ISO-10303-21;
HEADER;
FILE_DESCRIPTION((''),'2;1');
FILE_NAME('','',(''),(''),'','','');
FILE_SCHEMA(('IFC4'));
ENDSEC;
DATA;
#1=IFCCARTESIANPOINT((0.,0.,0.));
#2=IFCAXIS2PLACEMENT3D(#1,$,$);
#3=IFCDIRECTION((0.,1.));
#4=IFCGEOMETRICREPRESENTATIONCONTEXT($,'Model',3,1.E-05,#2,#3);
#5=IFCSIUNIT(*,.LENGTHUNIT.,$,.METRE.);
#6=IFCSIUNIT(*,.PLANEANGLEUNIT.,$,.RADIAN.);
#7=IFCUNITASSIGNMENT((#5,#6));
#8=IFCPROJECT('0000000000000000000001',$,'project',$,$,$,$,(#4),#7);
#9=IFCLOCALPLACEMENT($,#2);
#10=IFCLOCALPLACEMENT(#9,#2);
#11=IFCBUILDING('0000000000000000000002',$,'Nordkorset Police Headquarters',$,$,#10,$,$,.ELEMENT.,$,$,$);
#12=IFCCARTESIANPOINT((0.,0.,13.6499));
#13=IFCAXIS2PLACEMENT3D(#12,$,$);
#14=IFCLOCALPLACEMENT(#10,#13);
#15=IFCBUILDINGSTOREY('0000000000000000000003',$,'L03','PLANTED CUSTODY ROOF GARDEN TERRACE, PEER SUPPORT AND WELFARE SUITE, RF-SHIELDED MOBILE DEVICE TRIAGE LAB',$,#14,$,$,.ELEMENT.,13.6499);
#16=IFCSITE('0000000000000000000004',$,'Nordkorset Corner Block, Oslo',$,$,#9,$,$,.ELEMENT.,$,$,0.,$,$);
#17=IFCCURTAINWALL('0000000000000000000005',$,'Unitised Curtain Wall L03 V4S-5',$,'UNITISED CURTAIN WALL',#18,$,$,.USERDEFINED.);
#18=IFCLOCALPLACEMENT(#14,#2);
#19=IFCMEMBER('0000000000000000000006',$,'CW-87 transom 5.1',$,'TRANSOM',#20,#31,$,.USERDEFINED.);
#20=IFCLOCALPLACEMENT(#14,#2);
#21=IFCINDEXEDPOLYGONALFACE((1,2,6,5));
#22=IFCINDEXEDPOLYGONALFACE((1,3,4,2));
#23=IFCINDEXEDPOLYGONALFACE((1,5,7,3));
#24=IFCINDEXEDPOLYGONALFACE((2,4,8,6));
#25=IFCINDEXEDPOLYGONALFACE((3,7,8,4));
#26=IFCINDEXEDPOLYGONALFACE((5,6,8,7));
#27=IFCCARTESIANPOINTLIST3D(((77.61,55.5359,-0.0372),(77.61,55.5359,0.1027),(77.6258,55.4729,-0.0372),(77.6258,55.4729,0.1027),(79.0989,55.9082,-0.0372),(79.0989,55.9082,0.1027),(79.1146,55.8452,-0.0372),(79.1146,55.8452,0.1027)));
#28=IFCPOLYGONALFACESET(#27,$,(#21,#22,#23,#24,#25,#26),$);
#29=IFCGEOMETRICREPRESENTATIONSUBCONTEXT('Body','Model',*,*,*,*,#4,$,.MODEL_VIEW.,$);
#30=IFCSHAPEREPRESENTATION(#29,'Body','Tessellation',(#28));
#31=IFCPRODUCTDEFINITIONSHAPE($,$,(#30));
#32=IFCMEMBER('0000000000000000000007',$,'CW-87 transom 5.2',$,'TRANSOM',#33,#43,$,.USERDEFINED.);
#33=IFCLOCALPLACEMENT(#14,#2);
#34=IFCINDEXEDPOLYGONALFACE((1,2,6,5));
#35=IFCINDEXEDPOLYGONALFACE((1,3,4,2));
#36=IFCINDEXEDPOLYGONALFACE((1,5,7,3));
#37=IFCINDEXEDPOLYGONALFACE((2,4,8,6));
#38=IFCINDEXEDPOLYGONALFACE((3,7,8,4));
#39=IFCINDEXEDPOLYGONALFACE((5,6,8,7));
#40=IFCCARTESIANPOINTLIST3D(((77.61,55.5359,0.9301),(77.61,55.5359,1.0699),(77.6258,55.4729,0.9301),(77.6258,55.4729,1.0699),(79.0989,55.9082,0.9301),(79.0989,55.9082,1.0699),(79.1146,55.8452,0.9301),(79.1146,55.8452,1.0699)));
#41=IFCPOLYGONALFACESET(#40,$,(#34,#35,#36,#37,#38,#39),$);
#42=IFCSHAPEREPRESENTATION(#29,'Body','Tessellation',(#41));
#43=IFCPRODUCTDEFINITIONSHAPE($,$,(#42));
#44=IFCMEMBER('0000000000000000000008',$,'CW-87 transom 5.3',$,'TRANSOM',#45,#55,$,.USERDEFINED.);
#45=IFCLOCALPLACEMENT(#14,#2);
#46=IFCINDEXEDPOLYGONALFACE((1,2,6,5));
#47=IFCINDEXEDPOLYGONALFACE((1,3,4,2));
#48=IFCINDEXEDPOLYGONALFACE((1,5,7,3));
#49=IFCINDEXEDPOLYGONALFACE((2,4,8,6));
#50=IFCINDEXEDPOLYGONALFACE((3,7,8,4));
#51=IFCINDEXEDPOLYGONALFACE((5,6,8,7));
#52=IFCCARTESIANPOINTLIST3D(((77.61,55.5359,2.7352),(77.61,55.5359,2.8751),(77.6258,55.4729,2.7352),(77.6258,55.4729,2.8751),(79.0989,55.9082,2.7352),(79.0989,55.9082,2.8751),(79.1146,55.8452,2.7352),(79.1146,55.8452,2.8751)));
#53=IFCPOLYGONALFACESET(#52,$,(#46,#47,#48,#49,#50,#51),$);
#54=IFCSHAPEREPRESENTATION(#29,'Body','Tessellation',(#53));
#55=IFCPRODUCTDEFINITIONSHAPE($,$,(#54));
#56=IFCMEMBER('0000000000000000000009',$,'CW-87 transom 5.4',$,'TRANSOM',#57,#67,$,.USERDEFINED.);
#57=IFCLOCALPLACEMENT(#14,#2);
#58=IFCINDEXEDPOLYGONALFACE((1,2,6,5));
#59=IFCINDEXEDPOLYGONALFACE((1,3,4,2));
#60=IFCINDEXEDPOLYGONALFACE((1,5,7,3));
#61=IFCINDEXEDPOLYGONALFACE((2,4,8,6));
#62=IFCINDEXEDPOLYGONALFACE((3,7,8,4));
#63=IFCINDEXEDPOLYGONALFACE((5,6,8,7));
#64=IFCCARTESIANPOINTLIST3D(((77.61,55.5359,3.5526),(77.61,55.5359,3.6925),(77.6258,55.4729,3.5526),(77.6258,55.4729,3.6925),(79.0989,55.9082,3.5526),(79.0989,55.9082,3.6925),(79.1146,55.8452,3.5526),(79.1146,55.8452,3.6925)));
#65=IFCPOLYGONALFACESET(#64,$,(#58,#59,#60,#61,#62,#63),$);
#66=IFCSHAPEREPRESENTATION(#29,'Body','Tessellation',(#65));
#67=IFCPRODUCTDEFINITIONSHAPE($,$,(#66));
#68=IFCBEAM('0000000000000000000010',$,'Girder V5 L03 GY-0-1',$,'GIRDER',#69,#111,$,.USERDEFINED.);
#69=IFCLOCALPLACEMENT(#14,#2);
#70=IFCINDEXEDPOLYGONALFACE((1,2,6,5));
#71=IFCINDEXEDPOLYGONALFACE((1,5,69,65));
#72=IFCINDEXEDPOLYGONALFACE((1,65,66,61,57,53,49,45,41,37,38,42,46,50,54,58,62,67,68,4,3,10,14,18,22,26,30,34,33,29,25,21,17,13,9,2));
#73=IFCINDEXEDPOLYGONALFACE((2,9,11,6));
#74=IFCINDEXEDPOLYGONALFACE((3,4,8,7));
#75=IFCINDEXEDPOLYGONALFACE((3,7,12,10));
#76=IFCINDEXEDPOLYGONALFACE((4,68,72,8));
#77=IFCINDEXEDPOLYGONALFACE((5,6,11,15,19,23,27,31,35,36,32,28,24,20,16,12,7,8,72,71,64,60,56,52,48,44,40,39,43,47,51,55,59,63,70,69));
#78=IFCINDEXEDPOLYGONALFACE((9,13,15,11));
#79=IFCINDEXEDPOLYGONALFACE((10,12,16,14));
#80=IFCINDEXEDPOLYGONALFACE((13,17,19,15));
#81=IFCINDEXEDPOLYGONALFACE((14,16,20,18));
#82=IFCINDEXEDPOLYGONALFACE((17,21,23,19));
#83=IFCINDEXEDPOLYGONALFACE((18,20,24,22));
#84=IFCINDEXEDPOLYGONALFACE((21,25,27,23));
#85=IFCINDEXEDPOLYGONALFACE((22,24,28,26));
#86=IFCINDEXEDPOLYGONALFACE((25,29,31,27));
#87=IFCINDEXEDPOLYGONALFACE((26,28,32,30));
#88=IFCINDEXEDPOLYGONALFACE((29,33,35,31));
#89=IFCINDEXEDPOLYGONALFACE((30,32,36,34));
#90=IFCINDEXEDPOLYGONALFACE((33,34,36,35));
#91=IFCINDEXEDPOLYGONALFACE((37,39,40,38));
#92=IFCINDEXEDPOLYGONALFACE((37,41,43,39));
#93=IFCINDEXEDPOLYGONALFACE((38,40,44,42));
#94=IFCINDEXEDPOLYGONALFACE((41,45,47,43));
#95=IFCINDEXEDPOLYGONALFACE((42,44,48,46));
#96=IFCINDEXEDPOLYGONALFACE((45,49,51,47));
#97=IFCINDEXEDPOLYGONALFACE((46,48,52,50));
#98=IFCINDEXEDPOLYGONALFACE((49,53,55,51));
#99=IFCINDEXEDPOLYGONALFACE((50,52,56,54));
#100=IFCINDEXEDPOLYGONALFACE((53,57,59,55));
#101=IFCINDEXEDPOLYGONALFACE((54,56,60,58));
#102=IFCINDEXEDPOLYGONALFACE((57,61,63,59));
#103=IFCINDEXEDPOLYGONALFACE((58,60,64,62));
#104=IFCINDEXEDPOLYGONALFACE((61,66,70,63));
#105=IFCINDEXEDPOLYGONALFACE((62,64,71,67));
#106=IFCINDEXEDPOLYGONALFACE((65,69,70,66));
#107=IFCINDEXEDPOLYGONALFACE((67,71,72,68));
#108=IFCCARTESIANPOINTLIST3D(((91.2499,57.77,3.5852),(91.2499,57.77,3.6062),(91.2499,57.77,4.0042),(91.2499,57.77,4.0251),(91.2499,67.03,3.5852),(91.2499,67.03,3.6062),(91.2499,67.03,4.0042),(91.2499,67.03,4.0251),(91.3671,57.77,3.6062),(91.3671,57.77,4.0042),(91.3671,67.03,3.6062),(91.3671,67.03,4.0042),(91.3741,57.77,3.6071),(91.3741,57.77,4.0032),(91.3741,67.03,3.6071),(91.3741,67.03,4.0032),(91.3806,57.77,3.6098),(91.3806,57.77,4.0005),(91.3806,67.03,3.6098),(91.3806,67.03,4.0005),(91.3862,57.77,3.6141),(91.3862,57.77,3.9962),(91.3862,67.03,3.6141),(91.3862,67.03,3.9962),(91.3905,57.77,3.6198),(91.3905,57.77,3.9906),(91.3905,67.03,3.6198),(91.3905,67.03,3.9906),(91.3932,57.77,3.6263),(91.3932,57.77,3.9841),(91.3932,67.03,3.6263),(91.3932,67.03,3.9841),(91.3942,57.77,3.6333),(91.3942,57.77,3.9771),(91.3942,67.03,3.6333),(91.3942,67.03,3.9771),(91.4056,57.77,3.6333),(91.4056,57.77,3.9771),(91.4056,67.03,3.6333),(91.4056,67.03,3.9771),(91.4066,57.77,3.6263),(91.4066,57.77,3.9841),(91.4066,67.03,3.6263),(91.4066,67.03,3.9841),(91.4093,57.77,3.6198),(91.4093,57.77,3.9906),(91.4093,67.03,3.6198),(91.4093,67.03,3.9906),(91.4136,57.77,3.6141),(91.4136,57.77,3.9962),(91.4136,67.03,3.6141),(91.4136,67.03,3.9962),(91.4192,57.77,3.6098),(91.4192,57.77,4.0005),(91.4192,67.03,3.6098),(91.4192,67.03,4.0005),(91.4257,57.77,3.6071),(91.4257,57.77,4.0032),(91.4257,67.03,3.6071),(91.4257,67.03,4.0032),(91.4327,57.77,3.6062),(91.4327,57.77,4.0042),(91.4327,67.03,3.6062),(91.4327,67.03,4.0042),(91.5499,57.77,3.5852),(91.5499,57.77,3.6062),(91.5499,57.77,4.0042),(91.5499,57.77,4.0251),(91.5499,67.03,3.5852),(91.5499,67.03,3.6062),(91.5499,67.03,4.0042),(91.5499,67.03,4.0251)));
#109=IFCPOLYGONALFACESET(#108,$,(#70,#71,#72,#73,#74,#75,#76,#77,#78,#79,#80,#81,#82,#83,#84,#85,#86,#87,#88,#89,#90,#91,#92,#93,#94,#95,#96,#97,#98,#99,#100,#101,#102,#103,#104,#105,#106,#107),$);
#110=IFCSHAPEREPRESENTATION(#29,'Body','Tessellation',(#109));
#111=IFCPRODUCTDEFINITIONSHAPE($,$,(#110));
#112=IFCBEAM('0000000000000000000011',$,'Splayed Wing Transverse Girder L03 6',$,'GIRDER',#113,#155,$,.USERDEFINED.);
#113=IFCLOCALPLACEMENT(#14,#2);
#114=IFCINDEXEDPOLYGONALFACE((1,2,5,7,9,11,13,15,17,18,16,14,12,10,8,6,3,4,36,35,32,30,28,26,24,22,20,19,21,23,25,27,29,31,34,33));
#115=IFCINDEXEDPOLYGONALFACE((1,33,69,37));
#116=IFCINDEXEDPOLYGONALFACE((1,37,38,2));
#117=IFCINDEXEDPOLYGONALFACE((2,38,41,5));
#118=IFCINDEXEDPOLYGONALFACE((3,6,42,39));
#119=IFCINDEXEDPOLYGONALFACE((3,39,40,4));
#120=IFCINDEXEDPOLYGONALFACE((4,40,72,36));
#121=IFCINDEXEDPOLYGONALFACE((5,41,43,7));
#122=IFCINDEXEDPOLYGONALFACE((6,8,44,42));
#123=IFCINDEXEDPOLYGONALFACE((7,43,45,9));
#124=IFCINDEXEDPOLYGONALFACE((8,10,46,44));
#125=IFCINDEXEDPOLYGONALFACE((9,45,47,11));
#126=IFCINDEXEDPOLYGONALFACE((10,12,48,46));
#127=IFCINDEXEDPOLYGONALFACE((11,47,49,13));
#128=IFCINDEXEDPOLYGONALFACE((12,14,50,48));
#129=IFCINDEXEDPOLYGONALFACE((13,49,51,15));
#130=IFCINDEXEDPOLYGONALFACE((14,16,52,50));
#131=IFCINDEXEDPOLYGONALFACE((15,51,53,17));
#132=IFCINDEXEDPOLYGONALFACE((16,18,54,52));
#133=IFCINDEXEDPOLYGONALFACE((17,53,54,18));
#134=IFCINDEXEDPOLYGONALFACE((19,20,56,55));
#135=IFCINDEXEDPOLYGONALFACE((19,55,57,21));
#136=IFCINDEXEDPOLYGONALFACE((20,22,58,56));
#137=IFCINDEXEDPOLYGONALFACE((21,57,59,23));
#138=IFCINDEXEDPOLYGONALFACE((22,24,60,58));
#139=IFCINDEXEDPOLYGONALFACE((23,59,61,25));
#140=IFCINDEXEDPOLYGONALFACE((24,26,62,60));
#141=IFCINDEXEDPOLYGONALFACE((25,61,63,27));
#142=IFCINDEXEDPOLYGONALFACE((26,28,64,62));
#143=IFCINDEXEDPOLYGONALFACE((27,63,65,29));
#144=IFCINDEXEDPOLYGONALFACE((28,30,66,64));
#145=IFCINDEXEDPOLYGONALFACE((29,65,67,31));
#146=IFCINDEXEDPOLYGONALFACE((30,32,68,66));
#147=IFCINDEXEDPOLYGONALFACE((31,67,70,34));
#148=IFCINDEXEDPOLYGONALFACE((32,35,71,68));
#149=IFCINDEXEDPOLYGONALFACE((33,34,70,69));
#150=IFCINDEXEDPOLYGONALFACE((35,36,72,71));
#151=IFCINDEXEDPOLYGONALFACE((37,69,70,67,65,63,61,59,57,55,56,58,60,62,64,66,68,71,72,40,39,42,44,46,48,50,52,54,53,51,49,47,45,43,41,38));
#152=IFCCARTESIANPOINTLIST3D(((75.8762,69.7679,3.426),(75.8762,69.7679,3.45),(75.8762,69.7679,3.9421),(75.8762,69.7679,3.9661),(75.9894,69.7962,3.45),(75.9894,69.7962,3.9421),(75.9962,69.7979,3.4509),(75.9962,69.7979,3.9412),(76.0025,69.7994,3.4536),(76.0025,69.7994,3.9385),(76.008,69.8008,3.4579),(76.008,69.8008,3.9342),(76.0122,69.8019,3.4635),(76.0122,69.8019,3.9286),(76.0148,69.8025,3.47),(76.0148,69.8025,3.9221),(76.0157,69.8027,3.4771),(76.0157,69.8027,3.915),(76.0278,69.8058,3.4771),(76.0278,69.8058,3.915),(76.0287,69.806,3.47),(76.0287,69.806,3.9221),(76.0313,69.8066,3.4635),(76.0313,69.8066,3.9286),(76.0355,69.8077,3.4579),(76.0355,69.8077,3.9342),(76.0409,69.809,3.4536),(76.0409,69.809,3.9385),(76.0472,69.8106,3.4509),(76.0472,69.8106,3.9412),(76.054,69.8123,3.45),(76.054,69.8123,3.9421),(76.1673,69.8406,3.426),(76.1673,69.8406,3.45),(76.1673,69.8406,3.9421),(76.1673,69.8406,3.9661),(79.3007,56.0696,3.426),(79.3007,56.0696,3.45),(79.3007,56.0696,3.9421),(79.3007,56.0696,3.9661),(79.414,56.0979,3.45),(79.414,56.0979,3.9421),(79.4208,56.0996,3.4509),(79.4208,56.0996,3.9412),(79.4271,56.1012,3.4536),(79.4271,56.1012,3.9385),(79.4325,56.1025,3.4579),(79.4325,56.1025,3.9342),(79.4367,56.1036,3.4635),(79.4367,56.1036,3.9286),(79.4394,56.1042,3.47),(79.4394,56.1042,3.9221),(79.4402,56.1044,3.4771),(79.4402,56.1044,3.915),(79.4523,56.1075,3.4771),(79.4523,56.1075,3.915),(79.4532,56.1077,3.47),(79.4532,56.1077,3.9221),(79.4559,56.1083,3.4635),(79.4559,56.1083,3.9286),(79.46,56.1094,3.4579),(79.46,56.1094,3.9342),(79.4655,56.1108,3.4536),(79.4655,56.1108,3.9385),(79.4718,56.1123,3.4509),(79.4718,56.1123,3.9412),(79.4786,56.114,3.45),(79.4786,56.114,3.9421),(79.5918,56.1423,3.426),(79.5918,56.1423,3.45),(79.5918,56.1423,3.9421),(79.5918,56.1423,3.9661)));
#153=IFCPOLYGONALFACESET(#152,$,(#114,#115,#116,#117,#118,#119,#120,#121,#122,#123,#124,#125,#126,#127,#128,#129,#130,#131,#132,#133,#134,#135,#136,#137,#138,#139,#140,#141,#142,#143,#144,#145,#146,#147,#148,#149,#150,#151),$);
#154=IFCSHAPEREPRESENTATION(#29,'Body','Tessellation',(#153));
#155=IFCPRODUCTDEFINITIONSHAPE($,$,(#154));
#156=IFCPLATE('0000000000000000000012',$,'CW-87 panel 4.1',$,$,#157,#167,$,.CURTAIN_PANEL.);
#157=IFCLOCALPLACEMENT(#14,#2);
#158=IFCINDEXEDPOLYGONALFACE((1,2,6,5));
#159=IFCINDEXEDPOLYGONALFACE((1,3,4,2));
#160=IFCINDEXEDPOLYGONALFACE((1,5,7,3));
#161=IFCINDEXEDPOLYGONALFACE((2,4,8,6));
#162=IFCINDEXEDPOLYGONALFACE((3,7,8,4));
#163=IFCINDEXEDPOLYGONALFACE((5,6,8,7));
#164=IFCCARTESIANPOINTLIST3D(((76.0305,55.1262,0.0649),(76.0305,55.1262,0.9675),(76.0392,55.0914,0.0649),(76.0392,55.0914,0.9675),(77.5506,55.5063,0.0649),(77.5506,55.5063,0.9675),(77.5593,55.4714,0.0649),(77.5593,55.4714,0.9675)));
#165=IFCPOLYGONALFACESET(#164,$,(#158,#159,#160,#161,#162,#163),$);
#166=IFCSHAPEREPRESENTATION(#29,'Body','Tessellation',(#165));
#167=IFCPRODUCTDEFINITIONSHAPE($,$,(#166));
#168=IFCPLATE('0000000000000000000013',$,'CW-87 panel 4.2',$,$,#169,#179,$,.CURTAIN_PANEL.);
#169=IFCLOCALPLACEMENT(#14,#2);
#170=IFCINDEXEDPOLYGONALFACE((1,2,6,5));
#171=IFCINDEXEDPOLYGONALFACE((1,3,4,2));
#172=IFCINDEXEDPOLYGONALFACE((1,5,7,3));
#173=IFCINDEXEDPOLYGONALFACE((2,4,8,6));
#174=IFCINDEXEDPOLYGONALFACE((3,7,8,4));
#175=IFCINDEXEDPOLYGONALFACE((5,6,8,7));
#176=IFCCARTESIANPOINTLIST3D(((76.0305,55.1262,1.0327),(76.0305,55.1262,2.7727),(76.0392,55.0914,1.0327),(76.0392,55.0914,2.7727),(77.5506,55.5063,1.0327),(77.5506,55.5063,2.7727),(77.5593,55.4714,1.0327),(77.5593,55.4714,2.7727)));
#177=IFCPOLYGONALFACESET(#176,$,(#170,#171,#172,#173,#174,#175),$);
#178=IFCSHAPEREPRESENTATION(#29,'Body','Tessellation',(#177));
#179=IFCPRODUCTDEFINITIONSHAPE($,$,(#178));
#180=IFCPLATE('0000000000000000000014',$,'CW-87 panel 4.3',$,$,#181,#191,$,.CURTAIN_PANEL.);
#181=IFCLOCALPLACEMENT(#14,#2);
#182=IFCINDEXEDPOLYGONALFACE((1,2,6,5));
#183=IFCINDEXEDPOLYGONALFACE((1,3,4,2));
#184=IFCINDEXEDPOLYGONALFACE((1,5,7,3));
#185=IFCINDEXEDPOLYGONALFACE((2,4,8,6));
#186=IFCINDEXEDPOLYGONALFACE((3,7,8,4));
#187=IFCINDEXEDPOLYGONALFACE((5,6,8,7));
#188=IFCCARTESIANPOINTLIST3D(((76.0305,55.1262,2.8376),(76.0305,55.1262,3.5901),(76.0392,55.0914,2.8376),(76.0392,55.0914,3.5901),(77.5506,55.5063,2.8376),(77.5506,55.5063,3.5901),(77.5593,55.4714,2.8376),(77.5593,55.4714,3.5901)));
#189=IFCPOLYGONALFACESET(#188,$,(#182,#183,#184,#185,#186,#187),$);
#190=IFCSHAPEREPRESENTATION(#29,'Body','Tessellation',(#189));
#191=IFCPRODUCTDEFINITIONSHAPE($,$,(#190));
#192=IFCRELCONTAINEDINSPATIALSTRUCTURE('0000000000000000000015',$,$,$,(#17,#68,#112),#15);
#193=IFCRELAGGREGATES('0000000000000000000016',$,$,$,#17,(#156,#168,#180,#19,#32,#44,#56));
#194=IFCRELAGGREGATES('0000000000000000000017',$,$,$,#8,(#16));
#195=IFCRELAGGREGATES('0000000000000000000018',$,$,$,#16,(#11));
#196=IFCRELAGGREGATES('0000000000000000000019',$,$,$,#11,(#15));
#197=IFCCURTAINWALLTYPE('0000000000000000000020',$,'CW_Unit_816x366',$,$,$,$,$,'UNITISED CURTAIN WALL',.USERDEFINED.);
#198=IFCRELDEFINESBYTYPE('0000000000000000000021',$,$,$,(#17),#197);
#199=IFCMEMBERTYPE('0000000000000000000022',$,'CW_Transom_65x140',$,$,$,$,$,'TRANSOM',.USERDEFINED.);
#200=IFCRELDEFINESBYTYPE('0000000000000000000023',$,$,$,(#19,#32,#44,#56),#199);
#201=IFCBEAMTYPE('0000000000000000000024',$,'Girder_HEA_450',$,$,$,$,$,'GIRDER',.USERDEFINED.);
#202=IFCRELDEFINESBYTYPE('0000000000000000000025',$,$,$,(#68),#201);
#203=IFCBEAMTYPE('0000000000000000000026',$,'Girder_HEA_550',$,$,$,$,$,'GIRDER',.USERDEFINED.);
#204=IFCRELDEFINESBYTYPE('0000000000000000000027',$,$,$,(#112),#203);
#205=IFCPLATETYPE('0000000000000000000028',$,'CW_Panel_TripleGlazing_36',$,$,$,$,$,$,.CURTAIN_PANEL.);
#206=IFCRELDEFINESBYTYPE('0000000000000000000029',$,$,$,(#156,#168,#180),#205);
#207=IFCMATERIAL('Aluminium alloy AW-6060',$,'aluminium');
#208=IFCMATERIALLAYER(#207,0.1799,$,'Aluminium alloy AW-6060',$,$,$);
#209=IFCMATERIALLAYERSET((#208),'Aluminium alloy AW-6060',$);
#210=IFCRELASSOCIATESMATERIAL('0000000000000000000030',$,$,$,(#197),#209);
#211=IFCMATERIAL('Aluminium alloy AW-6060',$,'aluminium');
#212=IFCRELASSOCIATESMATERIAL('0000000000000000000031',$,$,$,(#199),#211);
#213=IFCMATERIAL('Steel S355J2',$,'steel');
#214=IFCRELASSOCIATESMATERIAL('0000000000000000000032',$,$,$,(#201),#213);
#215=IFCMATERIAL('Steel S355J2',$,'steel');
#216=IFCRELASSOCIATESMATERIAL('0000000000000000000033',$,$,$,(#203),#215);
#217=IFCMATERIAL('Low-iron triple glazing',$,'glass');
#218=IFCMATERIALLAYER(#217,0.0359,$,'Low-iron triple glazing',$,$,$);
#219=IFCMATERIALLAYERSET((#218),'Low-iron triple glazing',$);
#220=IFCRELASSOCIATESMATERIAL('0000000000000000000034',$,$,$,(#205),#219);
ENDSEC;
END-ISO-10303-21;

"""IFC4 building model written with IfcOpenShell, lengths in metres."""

from ifc_helpers import new_model, si_unit, direction, frame, origin, origin_2d, place, context, subcontext, project, spatial, rectangle, i_section, extrude, material, layer, layer_set, material_profile, profile_set, type_object, element, aggregate, save


model = new_model("IFC4")

# Units and contexts
model_context = context("Model", 3, precision=1e-05, world=origin(), true_north=direction((0.0, 1.0)))
body_context = subcontext(model_context, "Body", "Model", "MODEL_VIEW")
ifc_project = project(units=[si_unit("LENGTHUNIT", "METRE"), si_unit("PLANEANGLEUNIT", "RADIAN")], contexts=[model_context])

# Site, building, storey
site_placement = place(None, origin())
site = spatial("IfcSite", under=ifc_project, at=site_placement, Name="Nordkorset Corner Block, Oslo", CompositionType="ELEMENT", RefElevation=0.0)
building_placement = place(site_placement, origin())
building = spatial("IfcBuilding", under=site, at=building_placement, Name="Nordkorset Police Headquarters", CompositionType="ELEMENT")
storey_placement = place(building_placement, frame((0.0, 0.0, 13.6499)))
storey = spatial("IfcBuildingStorey", under=building, at=storey_placement, Name="L03", Description="PLANTED CUSTODY ROOF GARDEN TERRACE, PEER SUPPORT AND WELFARE SUITE, RF-SHIELDED MOBILE DEVICE TRIAGE LAB", CompositionType="ELEMENT", Elevation=13.6499)

# Curtain wall, members
ifc_material_1 = material(Name="Aluminium alloy AW-6060", Category="aluminium")
ifc_layer_1 = layer(ifc_material_1, 0.1799, Name="Aluminium alloy AW-6060")
ifc_layer_set_1 = layer_set([ifc_layer_1], Name="Aluminium alloy AW-6060")
curtain_wall_type = type_object("IfcCurtainWallType", Name="CW_Unit_816x366", ElementType="UNITISED CURTAIN WALL", PredefinedType="USERDEFINED", material=ifc_layer_set_1)
curtain_wall_placement = place(storey_placement, origin())
curtain_wall = element("IfcCurtainWall", 1, at=curtain_wall_placement, inside=storey, type_object=curtain_wall_type, Name="Unitised Curtain Wall L03 V4S-5", ObjectType="UNITISED CURTAIN WALL", PredefinedType="USERDEFINED")
ifc_material_2 = material(Name="Aluminium alloy AW-6060", Category="aluminium")
ifc_material_profile_1 = material_profile(ifc_material_2, rectangle(XDim=0.0649, YDim=0.1399, at=origin_2d()), Name="ALU TRAN 65x140")
ifc_profile_set_1 = profile_set([ifc_material_profile_1], Name="Aluminium alloy AW-6060")
member_type_1 = type_object("IfcMemberType", Name="CW_Transom_65x140", ElementType="TRANSOM", PredefinedType="USERDEFINED", material=ifc_profile_set_1)
member_1_placement = place(storey_placement, frame((77.6179, 55.5044, 0.0327), z_axis=(0.970124, 0.24261, 0.0), x_axis=(-0.24261, 0.970124, 0.0)))
member_1 = element("IfcMember", 2, at=member_1_placement, type_object=member_type_1, Name="CW-87 transom 5.1", ObjectType="TRANSOM", PredefinedType="USERDEFINED", context=body_context, shape_type="SweptSolid", body=[
    extrude(rectangle(XDim=0.0649, YDim=0.1399, at=origin_2d()), origin(), (0.0, 0.0, 1.0), 1.5347),
])
member_2_placement = place(storey_placement, frame((77.6179, 55.5044, 1.0), z_axis=(0.970124, 0.24261, 0.0), x_axis=(-0.24261, 0.970124, 0.0)))
member_2 = element("IfcMember", 3, at=member_2_placement, type_object=member_type_1, Name="CW-87 transom 5.2", ObjectType="TRANSOM", PredefinedType="USERDEFINED", context=body_context, shape_type="SweptSolid", body=[
    extrude(rectangle(XDim=0.0649, YDim=0.1399, at=origin_2d()), origin(), (0.0, 0.0, 1.0), 1.5347),
])
member_3_placement = place(storey_placement, frame((77.6179, 55.5044, 2.8052), z_axis=(0.970124, 0.24261, 0.0), x_axis=(-0.24261, 0.970124, 0.0)))
member_3 = element("IfcMember", 4, at=member_3_placement, type_object=member_type_1, Name="CW-87 transom 5.3", ObjectType="TRANSOM", PredefinedType="USERDEFINED", context=body_context, shape_type="SweptSolid", body=[
    extrude(rectangle(XDim=0.0649, YDim=0.1399, at=origin_2d()), origin(), (0.0, 0.0, 1.0), 1.5347),
])
member_4_placement = place(storey_placement, frame((77.6179, 55.5044, 3.6226), z_axis=(0.970124, 0.24261, 0.0), x_axis=(-0.24261, 0.970124, 0.0)))
member_4 = element("IfcMember", 5, at=member_4_placement, type_object=member_type_1, Name="CW-87 transom 5.4", ObjectType="TRANSOM", PredefinedType="USERDEFINED", context=body_context, shape_type="SweptSolid", body=[
    extrude(rectangle(XDim=0.0649, YDim=0.1399, at=origin_2d()), origin(), (0.0, 0.0, 1.0), 1.5347),
])

# Beams
ifc_material_3 = material(Name="Steel S355J2", Category="steel")
ifc_material_profile_2 = material_profile(ifc_material_3, i_section(OverallWidth=0.3, OverallDepth=0.4399, WebThickness=0.0115, FlangeThickness=0.021, FilletRadius=0.0271, at=origin_2d()), Name="HEA 450")
ifc_profile_set_2 = profile_set([ifc_material_profile_2], Name="Steel S355J2")
beam_type_1 = type_object("IfcBeamType", Name="Girder_HEA_450", ElementType="GIRDER", PredefinedType="USERDEFINED", material=ifc_profile_set_2)
beam_1_placement = place(storey_placement, frame((91.3999, 57.77, 3.8052), z_axis=(0.0, 1.0, 0.0), x_axis=(-1.0, 0.0, 0.0)))
element("IfcBeam", 6, at=beam_1_placement, inside=storey, type_object=beam_type_1, Name="Girder V5 L03 GY-0-1", ObjectType="GIRDER", PredefinedType="USERDEFINED", context=body_context, shape_type="SweptSolid", body=[
    extrude(i_section(OverallWidth=0.3, OverallDepth=0.4399, WebThickness=0.0115, FlangeThickness=0.021, FilletRadius=0.0271, at=origin_2d()), origin(), (0.0, 0.0, 1.0), 9.26),
])
ifc_material_4 = material(Name="Steel S355J2", Category="steel")
ifc_material_profile_3 = material_profile(ifc_material_4, i_section(OverallWidth=0.3, OverallDepth=0.54, WebThickness=0.0125, FlangeThickness=0.0239, FilletRadius=0.0271, at=origin_2d()), Name="HEA 550")
ifc_profile_set_3 = profile_set([ifc_material_profile_3], Name="Steel S355J2")
beam_type_2 = type_object("IfcBeamType", Name="Girder_HEA_550", ElementType="GIRDER", PredefinedType="USERDEFINED", material=ifc_profile_set_3)
beam_2_placement = place(storey_placement, frame((79.4463, 56.106, 3.696), z_axis=(-0.242536, 0.970143, 0.0), x_axis=(-0.970143, -0.242536, 0.0)))
element("IfcBeam", 7, at=beam_2_placement, inside=storey, type_object=beam_type_2, Name="Splayed Wing Transverse Girder L03 6", ObjectType="GIRDER", PredefinedType="USERDEFINED", context=body_context, shape_type="SweptSolid", body=[
    extrude(i_section(OverallWidth=0.3, OverallDepth=0.54, WebThickness=0.0125, FlangeThickness=0.0239, FilletRadius=0.0271, at=origin_2d()), origin(), (0.0, 0.0, 1.0), 14.1199),
])

# Plates
ifc_material_5 = material(Name="Low-iron triple glazing", Category="glass")
ifc_layer_2 = layer(ifc_material_5, 0.0359, Name="Low-iron triple glazing")
ifc_layer_set_2 = layer_set([ifc_layer_2], Name="Low-iron triple glazing")
plate_type = type_object("IfcPlateType", Name="CW_Panel_TripleGlazing_36", PredefinedType="CURTAIN_PANEL", material=ifc_layer_set_2)
plate_1_placement = place(storey_placement, frame((76.7949, 55.2988, 0.0649), z_axis=(0.0, 0.0, 1.0), x_axis=(0.970143, 0.242536, 0.0)))
plate_1 = element("IfcPlate", 8, at=plate_1_placement, type_object=plate_type, Name="CW-87 panel 4.1", PredefinedType="CURTAIN_PANEL", context=body_context, shape_type="SweptSolid", body=[
    extrude(rectangle(XDim=1.5669, YDim=0.0359, at=origin_2d()), origin(), (0.0, 0.0, 1.0), 0.9026),
])
plate_2_placement = place(storey_placement, frame((76.7949, 55.2988, 1.0327), z_axis=(0.0, 0.0, 1.0), x_axis=(0.970143, 0.242536, 0.0)))
plate_2 = element("IfcPlate", 9, at=plate_2_placement, type_object=plate_type, Name="CW-87 panel 4.2", PredefinedType="CURTAIN_PANEL", context=body_context, shape_type="SweptSolid", body=[
    extrude(rectangle(XDim=1.5669, YDim=0.0359, at=origin_2d()), origin(), (0.0, 0.0, 1.0), 1.74),
])
plate_3_placement = place(storey_placement, frame((76.7949, 55.2988, 2.8376), z_axis=(0.0, 0.0, 1.0), x_axis=(0.970143, 0.242536, 0.0)))
plate_3 = element("IfcPlate", 10, at=plate_3_placement, type_object=plate_type, Name="CW-87 panel 4.3", PredefinedType="CURTAIN_PANEL", context=body_context, shape_type="SweptSolid", body=[
    extrude(rectangle(XDim=1.5669, YDim=0.0359, at=origin_2d()), origin(), (0.0, 0.0, 1.0), 0.7524),
])
aggregate(curtain_wall, [plate_1, plate_2, plate_3, member_1, member_2, member_3, member_4])

save(model, "model.ifc")
